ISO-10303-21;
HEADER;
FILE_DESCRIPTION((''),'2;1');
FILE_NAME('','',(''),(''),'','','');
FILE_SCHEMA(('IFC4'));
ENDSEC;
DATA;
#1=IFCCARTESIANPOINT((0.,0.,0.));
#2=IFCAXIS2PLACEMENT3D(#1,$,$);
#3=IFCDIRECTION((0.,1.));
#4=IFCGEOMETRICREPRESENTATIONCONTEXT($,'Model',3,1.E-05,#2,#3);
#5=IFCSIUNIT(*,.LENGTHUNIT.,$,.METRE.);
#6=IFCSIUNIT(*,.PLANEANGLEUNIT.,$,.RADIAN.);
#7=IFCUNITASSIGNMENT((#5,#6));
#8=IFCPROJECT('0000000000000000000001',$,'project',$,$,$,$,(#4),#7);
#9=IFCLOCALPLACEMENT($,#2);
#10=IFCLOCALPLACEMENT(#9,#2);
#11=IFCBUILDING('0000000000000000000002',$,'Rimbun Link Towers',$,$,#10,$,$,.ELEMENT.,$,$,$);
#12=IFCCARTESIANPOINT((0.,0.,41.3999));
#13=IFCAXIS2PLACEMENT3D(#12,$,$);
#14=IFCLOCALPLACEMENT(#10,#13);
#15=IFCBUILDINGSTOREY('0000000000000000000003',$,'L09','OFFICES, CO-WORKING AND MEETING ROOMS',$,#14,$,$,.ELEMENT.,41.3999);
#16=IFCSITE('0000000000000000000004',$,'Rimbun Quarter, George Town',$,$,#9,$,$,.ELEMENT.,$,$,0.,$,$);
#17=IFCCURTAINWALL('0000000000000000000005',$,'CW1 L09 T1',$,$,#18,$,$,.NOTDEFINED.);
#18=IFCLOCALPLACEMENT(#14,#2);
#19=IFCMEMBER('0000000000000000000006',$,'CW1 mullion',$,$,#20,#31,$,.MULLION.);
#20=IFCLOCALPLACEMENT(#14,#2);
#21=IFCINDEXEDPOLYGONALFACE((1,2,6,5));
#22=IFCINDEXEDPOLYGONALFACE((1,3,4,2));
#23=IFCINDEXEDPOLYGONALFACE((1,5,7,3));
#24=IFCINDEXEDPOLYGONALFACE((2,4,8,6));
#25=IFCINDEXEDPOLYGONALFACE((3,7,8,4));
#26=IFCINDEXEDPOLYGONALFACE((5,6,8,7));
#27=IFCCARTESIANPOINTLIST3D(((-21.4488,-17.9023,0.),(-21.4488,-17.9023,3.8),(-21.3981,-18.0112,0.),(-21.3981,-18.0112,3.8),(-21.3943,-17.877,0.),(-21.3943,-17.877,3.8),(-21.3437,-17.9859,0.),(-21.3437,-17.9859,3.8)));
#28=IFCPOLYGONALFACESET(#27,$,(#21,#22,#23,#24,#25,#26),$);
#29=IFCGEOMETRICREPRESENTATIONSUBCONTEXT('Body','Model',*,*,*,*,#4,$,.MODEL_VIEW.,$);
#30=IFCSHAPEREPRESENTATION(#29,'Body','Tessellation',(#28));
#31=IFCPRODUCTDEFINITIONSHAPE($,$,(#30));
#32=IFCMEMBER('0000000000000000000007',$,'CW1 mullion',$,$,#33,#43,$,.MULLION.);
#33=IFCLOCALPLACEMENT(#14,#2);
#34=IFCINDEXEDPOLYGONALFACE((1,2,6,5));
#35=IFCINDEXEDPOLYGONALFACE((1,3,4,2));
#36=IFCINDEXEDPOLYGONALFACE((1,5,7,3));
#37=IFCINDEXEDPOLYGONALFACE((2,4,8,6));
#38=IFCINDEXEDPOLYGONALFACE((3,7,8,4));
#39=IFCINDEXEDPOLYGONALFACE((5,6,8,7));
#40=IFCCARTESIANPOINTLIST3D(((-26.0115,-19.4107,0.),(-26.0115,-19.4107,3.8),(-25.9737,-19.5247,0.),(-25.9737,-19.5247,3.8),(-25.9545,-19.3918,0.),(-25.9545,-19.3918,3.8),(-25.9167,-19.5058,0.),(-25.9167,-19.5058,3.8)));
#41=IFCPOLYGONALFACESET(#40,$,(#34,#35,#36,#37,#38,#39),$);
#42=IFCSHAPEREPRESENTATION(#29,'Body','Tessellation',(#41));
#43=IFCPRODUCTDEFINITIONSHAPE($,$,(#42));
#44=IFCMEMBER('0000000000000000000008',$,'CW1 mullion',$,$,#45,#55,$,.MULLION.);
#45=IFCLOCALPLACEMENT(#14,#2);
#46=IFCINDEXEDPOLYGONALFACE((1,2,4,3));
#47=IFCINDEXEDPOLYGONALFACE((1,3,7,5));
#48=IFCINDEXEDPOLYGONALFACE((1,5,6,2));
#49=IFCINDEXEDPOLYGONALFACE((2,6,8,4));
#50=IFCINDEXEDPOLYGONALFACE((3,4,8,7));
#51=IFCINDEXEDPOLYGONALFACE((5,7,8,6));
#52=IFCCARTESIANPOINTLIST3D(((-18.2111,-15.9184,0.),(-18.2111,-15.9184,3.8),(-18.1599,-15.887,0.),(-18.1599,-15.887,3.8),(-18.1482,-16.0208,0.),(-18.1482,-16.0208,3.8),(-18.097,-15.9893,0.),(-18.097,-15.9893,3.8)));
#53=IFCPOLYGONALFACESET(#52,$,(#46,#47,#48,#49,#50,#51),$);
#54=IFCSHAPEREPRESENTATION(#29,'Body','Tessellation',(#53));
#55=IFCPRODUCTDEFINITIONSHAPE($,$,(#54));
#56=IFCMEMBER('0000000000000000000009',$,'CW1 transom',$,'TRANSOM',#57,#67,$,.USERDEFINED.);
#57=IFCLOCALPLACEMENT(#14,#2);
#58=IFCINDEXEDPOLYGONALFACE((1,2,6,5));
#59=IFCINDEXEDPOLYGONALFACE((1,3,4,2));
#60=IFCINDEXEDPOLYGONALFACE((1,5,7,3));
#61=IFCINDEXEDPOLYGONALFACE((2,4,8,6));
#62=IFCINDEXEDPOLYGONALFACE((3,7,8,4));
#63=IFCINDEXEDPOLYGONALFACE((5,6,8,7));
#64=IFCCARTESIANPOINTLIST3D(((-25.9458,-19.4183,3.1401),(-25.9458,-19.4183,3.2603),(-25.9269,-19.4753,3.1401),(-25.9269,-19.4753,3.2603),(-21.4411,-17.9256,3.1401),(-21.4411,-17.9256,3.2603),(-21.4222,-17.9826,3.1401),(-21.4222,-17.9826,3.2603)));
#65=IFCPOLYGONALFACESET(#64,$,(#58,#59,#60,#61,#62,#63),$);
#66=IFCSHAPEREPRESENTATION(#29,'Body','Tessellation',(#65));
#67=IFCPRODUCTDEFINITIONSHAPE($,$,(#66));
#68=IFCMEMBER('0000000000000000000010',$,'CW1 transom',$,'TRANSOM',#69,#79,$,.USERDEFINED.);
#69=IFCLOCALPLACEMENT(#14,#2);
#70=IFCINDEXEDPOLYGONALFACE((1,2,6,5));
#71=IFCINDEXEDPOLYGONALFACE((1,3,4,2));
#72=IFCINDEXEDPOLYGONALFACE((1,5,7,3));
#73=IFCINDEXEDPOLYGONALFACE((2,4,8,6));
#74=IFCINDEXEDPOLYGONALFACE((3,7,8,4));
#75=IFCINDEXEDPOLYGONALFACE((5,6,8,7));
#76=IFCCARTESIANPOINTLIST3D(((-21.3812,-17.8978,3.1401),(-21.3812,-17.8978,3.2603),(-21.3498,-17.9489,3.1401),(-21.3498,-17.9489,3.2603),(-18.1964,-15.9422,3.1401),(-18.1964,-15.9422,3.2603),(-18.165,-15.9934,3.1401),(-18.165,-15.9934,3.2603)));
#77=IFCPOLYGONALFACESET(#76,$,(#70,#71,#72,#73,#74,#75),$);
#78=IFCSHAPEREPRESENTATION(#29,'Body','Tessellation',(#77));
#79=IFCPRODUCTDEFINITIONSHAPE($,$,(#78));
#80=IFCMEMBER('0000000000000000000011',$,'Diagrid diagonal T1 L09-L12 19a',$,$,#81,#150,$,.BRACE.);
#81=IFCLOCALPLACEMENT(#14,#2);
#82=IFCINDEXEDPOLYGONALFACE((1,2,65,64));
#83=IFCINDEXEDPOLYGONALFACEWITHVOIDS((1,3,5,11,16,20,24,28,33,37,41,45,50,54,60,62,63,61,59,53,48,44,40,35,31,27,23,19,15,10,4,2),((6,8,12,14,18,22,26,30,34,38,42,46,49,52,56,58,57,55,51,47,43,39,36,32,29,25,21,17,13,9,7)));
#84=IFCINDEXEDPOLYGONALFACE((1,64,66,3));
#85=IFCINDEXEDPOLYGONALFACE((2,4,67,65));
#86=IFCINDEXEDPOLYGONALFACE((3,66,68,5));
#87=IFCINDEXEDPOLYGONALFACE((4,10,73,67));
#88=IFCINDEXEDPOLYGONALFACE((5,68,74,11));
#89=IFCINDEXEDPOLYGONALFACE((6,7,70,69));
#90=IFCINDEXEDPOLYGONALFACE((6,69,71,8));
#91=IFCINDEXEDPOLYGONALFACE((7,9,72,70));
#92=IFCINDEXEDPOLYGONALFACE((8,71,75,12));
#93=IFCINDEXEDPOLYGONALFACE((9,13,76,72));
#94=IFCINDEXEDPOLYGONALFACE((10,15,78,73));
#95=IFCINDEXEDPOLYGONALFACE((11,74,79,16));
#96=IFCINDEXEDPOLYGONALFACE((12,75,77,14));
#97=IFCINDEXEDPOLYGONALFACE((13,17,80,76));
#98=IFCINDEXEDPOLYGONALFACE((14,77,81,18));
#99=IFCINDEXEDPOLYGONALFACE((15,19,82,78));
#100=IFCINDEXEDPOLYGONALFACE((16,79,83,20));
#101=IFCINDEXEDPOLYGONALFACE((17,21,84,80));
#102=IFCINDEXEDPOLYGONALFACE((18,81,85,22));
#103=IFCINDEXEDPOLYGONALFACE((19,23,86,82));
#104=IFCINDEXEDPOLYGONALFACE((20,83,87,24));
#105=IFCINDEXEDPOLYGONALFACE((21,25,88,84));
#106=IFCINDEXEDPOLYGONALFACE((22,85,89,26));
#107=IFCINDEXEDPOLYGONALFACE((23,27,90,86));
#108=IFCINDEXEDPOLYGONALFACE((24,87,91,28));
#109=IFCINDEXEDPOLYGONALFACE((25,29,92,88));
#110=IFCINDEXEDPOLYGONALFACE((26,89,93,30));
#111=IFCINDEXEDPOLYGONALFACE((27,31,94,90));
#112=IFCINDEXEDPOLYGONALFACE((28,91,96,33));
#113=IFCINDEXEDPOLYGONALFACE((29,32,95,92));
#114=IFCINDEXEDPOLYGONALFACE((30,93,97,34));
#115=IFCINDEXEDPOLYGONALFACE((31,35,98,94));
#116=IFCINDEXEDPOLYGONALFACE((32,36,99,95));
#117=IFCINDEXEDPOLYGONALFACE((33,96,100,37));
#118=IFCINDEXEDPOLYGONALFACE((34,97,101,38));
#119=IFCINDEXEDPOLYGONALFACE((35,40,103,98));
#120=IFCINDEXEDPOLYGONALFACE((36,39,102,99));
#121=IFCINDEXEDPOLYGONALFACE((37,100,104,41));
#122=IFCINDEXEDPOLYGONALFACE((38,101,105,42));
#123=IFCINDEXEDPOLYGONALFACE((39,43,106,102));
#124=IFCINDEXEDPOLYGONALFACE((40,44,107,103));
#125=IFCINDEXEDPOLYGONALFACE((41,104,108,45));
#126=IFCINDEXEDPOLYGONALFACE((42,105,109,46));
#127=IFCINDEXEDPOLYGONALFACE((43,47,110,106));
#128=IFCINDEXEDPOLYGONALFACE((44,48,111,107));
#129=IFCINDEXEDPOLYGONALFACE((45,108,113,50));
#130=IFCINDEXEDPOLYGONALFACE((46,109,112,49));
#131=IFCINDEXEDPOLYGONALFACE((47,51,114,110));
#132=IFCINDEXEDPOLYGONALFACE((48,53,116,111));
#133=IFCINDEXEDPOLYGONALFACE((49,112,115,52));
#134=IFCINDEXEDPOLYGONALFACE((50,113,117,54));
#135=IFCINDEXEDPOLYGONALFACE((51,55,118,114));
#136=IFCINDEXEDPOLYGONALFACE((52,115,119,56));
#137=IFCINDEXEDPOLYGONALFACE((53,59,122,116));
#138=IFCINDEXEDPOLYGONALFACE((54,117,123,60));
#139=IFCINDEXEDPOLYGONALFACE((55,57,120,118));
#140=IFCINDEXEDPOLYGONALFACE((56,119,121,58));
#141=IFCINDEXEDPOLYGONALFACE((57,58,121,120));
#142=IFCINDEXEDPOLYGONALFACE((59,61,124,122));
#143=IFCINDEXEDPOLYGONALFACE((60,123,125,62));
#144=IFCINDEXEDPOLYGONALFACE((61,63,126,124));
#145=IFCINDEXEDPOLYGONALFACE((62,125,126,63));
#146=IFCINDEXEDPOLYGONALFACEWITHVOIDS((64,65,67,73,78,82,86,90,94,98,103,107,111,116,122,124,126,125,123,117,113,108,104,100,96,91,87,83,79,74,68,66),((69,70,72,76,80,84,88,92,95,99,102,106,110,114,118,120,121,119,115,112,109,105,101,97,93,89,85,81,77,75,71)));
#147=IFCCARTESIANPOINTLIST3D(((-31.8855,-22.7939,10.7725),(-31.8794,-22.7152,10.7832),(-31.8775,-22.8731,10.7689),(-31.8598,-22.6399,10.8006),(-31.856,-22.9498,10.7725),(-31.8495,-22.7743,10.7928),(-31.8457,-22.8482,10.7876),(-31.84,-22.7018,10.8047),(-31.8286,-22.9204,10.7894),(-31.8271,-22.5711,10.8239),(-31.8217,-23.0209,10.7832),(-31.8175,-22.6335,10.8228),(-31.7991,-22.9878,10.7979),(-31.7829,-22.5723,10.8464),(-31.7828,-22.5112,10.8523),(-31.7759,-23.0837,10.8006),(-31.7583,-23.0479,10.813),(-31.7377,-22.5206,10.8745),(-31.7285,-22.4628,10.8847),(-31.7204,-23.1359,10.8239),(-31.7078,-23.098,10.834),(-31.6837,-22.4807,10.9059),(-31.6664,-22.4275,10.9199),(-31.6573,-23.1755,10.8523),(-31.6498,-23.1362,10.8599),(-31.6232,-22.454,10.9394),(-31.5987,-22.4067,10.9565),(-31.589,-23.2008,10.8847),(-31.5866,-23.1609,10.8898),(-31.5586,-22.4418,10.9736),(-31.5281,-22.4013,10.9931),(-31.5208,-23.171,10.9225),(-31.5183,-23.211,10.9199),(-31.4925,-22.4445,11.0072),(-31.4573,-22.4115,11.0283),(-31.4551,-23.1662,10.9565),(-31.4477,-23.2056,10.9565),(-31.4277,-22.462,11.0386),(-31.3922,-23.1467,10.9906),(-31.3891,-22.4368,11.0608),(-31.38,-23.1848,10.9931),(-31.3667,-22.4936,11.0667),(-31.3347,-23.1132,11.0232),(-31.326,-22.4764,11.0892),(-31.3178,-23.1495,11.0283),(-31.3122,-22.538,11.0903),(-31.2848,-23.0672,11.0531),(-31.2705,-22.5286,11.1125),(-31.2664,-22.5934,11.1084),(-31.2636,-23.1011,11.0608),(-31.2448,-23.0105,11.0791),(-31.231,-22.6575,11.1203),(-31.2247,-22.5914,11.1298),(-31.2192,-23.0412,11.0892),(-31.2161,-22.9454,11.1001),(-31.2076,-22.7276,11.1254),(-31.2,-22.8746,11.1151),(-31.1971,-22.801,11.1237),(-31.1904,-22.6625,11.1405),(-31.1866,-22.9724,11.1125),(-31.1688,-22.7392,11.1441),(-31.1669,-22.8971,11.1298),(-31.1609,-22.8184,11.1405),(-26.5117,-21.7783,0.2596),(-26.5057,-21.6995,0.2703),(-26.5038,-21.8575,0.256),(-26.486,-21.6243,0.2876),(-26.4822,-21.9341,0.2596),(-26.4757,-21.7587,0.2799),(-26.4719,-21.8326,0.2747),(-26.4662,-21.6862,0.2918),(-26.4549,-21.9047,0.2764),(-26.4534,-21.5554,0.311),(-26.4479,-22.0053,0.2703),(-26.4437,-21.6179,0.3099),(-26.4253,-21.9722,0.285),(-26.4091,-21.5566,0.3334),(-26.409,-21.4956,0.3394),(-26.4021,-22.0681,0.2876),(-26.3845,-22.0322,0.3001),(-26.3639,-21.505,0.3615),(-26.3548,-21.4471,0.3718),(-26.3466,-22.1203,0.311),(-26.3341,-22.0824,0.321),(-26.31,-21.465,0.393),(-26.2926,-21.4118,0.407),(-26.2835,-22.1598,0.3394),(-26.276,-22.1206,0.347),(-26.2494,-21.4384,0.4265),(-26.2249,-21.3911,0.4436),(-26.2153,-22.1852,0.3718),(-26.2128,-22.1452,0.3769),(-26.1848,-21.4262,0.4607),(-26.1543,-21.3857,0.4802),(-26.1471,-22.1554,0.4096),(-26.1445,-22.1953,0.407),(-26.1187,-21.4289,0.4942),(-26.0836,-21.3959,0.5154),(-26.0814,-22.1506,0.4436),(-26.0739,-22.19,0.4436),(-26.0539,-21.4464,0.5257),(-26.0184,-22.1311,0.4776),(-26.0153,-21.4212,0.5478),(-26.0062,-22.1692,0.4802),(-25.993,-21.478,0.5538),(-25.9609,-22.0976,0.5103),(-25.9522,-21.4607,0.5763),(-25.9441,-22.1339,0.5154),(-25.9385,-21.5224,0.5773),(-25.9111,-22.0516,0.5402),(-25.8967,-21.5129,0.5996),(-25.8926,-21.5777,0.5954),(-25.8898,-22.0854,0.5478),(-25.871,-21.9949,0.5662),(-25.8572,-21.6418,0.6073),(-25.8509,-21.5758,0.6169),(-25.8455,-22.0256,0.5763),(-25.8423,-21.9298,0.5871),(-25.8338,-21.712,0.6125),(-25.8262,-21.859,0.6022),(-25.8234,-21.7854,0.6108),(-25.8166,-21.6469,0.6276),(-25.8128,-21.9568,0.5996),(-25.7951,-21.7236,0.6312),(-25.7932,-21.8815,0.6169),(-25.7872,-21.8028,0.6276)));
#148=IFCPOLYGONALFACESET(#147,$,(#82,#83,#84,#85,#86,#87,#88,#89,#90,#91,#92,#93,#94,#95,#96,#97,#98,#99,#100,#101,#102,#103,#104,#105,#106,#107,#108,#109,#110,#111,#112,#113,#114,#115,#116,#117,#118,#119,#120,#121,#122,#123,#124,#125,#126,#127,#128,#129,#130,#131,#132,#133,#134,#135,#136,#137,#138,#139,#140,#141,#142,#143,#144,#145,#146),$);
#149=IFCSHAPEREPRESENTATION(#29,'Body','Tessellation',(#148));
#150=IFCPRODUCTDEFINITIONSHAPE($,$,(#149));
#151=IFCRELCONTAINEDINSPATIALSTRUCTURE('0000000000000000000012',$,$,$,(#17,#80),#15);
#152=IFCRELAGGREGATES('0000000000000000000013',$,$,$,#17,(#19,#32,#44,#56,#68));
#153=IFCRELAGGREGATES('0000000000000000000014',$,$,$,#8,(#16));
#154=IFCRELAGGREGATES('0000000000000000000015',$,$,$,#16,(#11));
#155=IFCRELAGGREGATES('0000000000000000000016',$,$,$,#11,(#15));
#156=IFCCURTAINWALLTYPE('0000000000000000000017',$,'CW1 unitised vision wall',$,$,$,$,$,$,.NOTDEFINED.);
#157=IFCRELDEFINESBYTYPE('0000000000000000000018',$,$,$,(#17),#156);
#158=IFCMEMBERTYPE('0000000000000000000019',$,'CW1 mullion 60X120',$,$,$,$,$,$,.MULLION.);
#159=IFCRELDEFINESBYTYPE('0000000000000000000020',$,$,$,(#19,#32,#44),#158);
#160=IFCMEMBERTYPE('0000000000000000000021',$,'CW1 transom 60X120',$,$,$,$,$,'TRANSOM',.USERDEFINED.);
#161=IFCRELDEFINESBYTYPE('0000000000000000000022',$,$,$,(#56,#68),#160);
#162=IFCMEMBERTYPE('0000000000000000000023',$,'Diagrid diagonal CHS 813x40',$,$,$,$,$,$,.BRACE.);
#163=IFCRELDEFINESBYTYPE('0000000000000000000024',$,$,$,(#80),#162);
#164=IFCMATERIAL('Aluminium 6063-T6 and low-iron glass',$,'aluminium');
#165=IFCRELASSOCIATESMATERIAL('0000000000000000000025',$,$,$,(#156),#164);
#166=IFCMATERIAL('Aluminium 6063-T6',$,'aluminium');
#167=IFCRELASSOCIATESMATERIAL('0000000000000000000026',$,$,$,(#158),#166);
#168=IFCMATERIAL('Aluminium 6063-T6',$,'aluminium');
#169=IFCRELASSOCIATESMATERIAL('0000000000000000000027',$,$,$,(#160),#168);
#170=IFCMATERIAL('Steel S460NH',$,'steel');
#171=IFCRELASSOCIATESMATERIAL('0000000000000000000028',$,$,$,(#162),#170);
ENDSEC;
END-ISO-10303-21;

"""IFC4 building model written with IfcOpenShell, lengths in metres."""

from ifc_helpers import new_model, si_unit, direction, frame, origin, origin_2d, place, context, subcontext, project, spatial, rectangle, hollow_circle, extrude, material, material_profile, profile_set, type_object, element, aggregate, save


model = new_model("IFC4")

# Units and contexts
model_context = context("Model", 3, precision=1e-05, world=origin(), true_north=direction((0.0, 1.0)))
body_context = subcontext(model_context, "Body", "Model", "MODEL_VIEW")
ifc_project = project(units=[si_unit("LENGTHUNIT", "METRE"), si_unit("PLANEANGLEUNIT", "RADIAN")], contexts=[model_context])

# Site, building, storey
site_placement = place(None, origin())
site = spatial("IfcSite", under=ifc_project, at=site_placement, Name="Rimbun Quarter, George Town", CompositionType="ELEMENT", RefElevation=0.0)
building_placement = place(site_placement, origin())
building = spatial("IfcBuilding", under=site, at=building_placement, Name="Rimbun Link Towers", CompositionType="ELEMENT")
storey_placement = place(building_placement, frame((0.0, 0.0, 41.3999)))
storey = spatial("IfcBuildingStorey", under=building, at=storey_placement, Name="L09", Description="OFFICES, CO-WORKING AND MEETING ROOMS", CompositionType="ELEMENT", Elevation=41.3999)

# Curtain wall, members
ifc_material_1 = material(Name="Aluminium 6063-T6 and low-iron glass", Category="aluminium")
curtain_wall_type = type_object("IfcCurtainWallType", Name="CW1 unitised vision wall", PredefinedType="NOTDEFINED", material=ifc_material_1)
curtain_wall_placement = place(storey_placement, origin())
curtain_wall = element("IfcCurtainWall", 1, at=curtain_wall_placement, inside=storey, type_object=curtain_wall_type, Name="CW1 L09 T1", PredefinedType="NOTDEFINED")
ifc_material_2 = material(Name="Aluminium 6063-T6", Category="aluminium")
ifc_material_profile_1 = material_profile(ifc_material_2, rectangle(XDim=0.1201, YDim=0.0601, at=origin_2d()), Name="MULLION 60X120")
ifc_profile_set_1 = profile_set([ifc_material_profile_1], Name="Aluminium 6063-T6")
member_type_1 = type_object("IfcMemberType", Name="CW1 mullion 60X120", PredefinedType="MULLION", material=ifc_profile_set_1)
member_1_placement = place(storey_placement, frame((-21.3962, -17.9441, 0.0), z_axis=(0.0, 0.0, 1.0), x_axis=(0.421701, -0.906735, 0.0)))
member_1 = element("IfcMember", 2, at=member_1_placement, type_object=member_type_1, Name="CW1 mullion", PredefinedType="MULLION", context=body_context, shape_type="SweptSolid", body=[
    extrude(rectangle(XDim=0.1201, YDim=0.0601, at=origin_2d()), origin(), (0.0, 0.0, 1.0), 3.8),
])
member_2_placement = place(storey_placement, frame((-25.9641, -19.4583, 0.0), z_axis=(0.0, 0.0, 1.0), x_axis=(0.314558, -0.949238, 0.0)))
member_2 = element("IfcMember", 3, at=member_2_placement, type_object=member_type_1, Name="CW1 mullion", PredefinedType="MULLION", context=body_context, shape_type="SweptSolid", body=[
    extrude(rectangle(XDim=0.1201, YDim=0.0601, at=origin_2d()), origin(), (0.0, 0.0, 1.0), 3.8),
])
member_3_placement = place(storey_placement, frame((-18.1541, -15.9539, 0.0), z_axis=(0.0, 0.0, 1.0), x_axis=(0.523241, -0.852185, 0.0)))
member_3 = element("IfcMember", 4, at=member_3_placement, type_object=member_type_1, Name="CW1 mullion", PredefinedType="MULLION", context=body_context, shape_type="SweptSolid", body=[
    extrude(rectangle(XDim=0.1201, YDim=0.0601, at=origin_2d()), origin(), (0.0, 0.0, 1.0), 3.8),
])
ifc_material_3 = material(Name="Aluminium 6063-T6", Category="aluminium")
ifc_material_profile_2 = material_profile(ifc_material_3, rectangle(XDim=0.0601, YDim=0.1201, at=origin_2d()), Name="TRANSOM 60X120")
ifc_profile_set_2 = profile_set([ifc_material_profile_2], Name="Aluminium 6063-T6")
member_type_2 = type_object("IfcMemberType", Name="CW1 transom 60X120", ElementType="TRANSOM", PredefinedType="USERDEFINED", material=ifc_profile_set_2)
member_4_placement = place(storey_placement, frame((-21.4316, -17.9541, 3.2002), z_axis=(-0.949243, -0.314545, 0.0), x_axis=(0.314545, -0.949243, 0.0)))
member_4 = element("IfcMember", 5, at=member_4_placement, type_object=member_type_2, Name="CW1 transom", ObjectType="TRANSOM", PredefinedType="USERDEFINED", context=body_context, shape_type="SweptSolid", body=[
    extrude(rectangle(XDim=0.0601, YDim=0.1201, at=origin_2d()), origin(), (0.0, 0.0, 1.0), 4.7456),
])
member_5_placement = place(storey_placement, frame((-18.1807, -15.9678, 3.2002), z_axis=(-0.852174, -0.523259, 0.0), x_axis=(0.523259, -0.852174, 0.0)))
member_5 = element("IfcMember", 6, at=member_5_placement, type_object=member_type_2, Name="CW1 transom", ObjectType="TRANSOM", PredefinedType="USERDEFINED", context=body_context, shape_type="SweptSolid", body=[
    extrude(rectangle(XDim=0.0601, YDim=0.1201, at=origin_2d()), origin(), (0.0, 0.0, 1.0), 3.7373),
])

# Member
ifc_material_4 = material(Name="Steel S460NH", Category="steel")
ifc_material_profile_3 = material_profile(ifc_material_4, hollow_circle(Radius=0.4065, WallThickness=0.04, at=origin_2d()), Name="Diagrid diagonal CHS 813x40")
ifc_profile_set_3 = profile_set([ifc_material_profile_3], Name="Steel S460NH")
member_type_3 = type_object("IfcMemberType", Name="Diagrid diagonal CHS 813x40", PredefinedType="BRACE", material=ifc_profile_set_3)
member_6_placement = place(storey_placement, frame((-26.1494, -21.7905, 0.4436), z_axis=(-0.45347, -0.085704, 0.887141), x_axis=(0.185709, -0.982605, 0.0)))
element("IfcMember", 7, at=member_6_placement, inside=storey, type_object=member_type_3, Name="Diagrid diagonal T1 L09-L12 19a", PredefinedType="BRACE", context=body_context, shape_type="SweptSolid", body=[
    extrude(hollow_circle(Radius=0.4065, WallThickness=0.04, at=origin_2d()), origin(), (0.0, 0.0, 1.0), 11.8503),
])

aggregate(curtain_wall, [member_1, member_2, member_3, member_4, member_5])

save(model, "model.ifc")
